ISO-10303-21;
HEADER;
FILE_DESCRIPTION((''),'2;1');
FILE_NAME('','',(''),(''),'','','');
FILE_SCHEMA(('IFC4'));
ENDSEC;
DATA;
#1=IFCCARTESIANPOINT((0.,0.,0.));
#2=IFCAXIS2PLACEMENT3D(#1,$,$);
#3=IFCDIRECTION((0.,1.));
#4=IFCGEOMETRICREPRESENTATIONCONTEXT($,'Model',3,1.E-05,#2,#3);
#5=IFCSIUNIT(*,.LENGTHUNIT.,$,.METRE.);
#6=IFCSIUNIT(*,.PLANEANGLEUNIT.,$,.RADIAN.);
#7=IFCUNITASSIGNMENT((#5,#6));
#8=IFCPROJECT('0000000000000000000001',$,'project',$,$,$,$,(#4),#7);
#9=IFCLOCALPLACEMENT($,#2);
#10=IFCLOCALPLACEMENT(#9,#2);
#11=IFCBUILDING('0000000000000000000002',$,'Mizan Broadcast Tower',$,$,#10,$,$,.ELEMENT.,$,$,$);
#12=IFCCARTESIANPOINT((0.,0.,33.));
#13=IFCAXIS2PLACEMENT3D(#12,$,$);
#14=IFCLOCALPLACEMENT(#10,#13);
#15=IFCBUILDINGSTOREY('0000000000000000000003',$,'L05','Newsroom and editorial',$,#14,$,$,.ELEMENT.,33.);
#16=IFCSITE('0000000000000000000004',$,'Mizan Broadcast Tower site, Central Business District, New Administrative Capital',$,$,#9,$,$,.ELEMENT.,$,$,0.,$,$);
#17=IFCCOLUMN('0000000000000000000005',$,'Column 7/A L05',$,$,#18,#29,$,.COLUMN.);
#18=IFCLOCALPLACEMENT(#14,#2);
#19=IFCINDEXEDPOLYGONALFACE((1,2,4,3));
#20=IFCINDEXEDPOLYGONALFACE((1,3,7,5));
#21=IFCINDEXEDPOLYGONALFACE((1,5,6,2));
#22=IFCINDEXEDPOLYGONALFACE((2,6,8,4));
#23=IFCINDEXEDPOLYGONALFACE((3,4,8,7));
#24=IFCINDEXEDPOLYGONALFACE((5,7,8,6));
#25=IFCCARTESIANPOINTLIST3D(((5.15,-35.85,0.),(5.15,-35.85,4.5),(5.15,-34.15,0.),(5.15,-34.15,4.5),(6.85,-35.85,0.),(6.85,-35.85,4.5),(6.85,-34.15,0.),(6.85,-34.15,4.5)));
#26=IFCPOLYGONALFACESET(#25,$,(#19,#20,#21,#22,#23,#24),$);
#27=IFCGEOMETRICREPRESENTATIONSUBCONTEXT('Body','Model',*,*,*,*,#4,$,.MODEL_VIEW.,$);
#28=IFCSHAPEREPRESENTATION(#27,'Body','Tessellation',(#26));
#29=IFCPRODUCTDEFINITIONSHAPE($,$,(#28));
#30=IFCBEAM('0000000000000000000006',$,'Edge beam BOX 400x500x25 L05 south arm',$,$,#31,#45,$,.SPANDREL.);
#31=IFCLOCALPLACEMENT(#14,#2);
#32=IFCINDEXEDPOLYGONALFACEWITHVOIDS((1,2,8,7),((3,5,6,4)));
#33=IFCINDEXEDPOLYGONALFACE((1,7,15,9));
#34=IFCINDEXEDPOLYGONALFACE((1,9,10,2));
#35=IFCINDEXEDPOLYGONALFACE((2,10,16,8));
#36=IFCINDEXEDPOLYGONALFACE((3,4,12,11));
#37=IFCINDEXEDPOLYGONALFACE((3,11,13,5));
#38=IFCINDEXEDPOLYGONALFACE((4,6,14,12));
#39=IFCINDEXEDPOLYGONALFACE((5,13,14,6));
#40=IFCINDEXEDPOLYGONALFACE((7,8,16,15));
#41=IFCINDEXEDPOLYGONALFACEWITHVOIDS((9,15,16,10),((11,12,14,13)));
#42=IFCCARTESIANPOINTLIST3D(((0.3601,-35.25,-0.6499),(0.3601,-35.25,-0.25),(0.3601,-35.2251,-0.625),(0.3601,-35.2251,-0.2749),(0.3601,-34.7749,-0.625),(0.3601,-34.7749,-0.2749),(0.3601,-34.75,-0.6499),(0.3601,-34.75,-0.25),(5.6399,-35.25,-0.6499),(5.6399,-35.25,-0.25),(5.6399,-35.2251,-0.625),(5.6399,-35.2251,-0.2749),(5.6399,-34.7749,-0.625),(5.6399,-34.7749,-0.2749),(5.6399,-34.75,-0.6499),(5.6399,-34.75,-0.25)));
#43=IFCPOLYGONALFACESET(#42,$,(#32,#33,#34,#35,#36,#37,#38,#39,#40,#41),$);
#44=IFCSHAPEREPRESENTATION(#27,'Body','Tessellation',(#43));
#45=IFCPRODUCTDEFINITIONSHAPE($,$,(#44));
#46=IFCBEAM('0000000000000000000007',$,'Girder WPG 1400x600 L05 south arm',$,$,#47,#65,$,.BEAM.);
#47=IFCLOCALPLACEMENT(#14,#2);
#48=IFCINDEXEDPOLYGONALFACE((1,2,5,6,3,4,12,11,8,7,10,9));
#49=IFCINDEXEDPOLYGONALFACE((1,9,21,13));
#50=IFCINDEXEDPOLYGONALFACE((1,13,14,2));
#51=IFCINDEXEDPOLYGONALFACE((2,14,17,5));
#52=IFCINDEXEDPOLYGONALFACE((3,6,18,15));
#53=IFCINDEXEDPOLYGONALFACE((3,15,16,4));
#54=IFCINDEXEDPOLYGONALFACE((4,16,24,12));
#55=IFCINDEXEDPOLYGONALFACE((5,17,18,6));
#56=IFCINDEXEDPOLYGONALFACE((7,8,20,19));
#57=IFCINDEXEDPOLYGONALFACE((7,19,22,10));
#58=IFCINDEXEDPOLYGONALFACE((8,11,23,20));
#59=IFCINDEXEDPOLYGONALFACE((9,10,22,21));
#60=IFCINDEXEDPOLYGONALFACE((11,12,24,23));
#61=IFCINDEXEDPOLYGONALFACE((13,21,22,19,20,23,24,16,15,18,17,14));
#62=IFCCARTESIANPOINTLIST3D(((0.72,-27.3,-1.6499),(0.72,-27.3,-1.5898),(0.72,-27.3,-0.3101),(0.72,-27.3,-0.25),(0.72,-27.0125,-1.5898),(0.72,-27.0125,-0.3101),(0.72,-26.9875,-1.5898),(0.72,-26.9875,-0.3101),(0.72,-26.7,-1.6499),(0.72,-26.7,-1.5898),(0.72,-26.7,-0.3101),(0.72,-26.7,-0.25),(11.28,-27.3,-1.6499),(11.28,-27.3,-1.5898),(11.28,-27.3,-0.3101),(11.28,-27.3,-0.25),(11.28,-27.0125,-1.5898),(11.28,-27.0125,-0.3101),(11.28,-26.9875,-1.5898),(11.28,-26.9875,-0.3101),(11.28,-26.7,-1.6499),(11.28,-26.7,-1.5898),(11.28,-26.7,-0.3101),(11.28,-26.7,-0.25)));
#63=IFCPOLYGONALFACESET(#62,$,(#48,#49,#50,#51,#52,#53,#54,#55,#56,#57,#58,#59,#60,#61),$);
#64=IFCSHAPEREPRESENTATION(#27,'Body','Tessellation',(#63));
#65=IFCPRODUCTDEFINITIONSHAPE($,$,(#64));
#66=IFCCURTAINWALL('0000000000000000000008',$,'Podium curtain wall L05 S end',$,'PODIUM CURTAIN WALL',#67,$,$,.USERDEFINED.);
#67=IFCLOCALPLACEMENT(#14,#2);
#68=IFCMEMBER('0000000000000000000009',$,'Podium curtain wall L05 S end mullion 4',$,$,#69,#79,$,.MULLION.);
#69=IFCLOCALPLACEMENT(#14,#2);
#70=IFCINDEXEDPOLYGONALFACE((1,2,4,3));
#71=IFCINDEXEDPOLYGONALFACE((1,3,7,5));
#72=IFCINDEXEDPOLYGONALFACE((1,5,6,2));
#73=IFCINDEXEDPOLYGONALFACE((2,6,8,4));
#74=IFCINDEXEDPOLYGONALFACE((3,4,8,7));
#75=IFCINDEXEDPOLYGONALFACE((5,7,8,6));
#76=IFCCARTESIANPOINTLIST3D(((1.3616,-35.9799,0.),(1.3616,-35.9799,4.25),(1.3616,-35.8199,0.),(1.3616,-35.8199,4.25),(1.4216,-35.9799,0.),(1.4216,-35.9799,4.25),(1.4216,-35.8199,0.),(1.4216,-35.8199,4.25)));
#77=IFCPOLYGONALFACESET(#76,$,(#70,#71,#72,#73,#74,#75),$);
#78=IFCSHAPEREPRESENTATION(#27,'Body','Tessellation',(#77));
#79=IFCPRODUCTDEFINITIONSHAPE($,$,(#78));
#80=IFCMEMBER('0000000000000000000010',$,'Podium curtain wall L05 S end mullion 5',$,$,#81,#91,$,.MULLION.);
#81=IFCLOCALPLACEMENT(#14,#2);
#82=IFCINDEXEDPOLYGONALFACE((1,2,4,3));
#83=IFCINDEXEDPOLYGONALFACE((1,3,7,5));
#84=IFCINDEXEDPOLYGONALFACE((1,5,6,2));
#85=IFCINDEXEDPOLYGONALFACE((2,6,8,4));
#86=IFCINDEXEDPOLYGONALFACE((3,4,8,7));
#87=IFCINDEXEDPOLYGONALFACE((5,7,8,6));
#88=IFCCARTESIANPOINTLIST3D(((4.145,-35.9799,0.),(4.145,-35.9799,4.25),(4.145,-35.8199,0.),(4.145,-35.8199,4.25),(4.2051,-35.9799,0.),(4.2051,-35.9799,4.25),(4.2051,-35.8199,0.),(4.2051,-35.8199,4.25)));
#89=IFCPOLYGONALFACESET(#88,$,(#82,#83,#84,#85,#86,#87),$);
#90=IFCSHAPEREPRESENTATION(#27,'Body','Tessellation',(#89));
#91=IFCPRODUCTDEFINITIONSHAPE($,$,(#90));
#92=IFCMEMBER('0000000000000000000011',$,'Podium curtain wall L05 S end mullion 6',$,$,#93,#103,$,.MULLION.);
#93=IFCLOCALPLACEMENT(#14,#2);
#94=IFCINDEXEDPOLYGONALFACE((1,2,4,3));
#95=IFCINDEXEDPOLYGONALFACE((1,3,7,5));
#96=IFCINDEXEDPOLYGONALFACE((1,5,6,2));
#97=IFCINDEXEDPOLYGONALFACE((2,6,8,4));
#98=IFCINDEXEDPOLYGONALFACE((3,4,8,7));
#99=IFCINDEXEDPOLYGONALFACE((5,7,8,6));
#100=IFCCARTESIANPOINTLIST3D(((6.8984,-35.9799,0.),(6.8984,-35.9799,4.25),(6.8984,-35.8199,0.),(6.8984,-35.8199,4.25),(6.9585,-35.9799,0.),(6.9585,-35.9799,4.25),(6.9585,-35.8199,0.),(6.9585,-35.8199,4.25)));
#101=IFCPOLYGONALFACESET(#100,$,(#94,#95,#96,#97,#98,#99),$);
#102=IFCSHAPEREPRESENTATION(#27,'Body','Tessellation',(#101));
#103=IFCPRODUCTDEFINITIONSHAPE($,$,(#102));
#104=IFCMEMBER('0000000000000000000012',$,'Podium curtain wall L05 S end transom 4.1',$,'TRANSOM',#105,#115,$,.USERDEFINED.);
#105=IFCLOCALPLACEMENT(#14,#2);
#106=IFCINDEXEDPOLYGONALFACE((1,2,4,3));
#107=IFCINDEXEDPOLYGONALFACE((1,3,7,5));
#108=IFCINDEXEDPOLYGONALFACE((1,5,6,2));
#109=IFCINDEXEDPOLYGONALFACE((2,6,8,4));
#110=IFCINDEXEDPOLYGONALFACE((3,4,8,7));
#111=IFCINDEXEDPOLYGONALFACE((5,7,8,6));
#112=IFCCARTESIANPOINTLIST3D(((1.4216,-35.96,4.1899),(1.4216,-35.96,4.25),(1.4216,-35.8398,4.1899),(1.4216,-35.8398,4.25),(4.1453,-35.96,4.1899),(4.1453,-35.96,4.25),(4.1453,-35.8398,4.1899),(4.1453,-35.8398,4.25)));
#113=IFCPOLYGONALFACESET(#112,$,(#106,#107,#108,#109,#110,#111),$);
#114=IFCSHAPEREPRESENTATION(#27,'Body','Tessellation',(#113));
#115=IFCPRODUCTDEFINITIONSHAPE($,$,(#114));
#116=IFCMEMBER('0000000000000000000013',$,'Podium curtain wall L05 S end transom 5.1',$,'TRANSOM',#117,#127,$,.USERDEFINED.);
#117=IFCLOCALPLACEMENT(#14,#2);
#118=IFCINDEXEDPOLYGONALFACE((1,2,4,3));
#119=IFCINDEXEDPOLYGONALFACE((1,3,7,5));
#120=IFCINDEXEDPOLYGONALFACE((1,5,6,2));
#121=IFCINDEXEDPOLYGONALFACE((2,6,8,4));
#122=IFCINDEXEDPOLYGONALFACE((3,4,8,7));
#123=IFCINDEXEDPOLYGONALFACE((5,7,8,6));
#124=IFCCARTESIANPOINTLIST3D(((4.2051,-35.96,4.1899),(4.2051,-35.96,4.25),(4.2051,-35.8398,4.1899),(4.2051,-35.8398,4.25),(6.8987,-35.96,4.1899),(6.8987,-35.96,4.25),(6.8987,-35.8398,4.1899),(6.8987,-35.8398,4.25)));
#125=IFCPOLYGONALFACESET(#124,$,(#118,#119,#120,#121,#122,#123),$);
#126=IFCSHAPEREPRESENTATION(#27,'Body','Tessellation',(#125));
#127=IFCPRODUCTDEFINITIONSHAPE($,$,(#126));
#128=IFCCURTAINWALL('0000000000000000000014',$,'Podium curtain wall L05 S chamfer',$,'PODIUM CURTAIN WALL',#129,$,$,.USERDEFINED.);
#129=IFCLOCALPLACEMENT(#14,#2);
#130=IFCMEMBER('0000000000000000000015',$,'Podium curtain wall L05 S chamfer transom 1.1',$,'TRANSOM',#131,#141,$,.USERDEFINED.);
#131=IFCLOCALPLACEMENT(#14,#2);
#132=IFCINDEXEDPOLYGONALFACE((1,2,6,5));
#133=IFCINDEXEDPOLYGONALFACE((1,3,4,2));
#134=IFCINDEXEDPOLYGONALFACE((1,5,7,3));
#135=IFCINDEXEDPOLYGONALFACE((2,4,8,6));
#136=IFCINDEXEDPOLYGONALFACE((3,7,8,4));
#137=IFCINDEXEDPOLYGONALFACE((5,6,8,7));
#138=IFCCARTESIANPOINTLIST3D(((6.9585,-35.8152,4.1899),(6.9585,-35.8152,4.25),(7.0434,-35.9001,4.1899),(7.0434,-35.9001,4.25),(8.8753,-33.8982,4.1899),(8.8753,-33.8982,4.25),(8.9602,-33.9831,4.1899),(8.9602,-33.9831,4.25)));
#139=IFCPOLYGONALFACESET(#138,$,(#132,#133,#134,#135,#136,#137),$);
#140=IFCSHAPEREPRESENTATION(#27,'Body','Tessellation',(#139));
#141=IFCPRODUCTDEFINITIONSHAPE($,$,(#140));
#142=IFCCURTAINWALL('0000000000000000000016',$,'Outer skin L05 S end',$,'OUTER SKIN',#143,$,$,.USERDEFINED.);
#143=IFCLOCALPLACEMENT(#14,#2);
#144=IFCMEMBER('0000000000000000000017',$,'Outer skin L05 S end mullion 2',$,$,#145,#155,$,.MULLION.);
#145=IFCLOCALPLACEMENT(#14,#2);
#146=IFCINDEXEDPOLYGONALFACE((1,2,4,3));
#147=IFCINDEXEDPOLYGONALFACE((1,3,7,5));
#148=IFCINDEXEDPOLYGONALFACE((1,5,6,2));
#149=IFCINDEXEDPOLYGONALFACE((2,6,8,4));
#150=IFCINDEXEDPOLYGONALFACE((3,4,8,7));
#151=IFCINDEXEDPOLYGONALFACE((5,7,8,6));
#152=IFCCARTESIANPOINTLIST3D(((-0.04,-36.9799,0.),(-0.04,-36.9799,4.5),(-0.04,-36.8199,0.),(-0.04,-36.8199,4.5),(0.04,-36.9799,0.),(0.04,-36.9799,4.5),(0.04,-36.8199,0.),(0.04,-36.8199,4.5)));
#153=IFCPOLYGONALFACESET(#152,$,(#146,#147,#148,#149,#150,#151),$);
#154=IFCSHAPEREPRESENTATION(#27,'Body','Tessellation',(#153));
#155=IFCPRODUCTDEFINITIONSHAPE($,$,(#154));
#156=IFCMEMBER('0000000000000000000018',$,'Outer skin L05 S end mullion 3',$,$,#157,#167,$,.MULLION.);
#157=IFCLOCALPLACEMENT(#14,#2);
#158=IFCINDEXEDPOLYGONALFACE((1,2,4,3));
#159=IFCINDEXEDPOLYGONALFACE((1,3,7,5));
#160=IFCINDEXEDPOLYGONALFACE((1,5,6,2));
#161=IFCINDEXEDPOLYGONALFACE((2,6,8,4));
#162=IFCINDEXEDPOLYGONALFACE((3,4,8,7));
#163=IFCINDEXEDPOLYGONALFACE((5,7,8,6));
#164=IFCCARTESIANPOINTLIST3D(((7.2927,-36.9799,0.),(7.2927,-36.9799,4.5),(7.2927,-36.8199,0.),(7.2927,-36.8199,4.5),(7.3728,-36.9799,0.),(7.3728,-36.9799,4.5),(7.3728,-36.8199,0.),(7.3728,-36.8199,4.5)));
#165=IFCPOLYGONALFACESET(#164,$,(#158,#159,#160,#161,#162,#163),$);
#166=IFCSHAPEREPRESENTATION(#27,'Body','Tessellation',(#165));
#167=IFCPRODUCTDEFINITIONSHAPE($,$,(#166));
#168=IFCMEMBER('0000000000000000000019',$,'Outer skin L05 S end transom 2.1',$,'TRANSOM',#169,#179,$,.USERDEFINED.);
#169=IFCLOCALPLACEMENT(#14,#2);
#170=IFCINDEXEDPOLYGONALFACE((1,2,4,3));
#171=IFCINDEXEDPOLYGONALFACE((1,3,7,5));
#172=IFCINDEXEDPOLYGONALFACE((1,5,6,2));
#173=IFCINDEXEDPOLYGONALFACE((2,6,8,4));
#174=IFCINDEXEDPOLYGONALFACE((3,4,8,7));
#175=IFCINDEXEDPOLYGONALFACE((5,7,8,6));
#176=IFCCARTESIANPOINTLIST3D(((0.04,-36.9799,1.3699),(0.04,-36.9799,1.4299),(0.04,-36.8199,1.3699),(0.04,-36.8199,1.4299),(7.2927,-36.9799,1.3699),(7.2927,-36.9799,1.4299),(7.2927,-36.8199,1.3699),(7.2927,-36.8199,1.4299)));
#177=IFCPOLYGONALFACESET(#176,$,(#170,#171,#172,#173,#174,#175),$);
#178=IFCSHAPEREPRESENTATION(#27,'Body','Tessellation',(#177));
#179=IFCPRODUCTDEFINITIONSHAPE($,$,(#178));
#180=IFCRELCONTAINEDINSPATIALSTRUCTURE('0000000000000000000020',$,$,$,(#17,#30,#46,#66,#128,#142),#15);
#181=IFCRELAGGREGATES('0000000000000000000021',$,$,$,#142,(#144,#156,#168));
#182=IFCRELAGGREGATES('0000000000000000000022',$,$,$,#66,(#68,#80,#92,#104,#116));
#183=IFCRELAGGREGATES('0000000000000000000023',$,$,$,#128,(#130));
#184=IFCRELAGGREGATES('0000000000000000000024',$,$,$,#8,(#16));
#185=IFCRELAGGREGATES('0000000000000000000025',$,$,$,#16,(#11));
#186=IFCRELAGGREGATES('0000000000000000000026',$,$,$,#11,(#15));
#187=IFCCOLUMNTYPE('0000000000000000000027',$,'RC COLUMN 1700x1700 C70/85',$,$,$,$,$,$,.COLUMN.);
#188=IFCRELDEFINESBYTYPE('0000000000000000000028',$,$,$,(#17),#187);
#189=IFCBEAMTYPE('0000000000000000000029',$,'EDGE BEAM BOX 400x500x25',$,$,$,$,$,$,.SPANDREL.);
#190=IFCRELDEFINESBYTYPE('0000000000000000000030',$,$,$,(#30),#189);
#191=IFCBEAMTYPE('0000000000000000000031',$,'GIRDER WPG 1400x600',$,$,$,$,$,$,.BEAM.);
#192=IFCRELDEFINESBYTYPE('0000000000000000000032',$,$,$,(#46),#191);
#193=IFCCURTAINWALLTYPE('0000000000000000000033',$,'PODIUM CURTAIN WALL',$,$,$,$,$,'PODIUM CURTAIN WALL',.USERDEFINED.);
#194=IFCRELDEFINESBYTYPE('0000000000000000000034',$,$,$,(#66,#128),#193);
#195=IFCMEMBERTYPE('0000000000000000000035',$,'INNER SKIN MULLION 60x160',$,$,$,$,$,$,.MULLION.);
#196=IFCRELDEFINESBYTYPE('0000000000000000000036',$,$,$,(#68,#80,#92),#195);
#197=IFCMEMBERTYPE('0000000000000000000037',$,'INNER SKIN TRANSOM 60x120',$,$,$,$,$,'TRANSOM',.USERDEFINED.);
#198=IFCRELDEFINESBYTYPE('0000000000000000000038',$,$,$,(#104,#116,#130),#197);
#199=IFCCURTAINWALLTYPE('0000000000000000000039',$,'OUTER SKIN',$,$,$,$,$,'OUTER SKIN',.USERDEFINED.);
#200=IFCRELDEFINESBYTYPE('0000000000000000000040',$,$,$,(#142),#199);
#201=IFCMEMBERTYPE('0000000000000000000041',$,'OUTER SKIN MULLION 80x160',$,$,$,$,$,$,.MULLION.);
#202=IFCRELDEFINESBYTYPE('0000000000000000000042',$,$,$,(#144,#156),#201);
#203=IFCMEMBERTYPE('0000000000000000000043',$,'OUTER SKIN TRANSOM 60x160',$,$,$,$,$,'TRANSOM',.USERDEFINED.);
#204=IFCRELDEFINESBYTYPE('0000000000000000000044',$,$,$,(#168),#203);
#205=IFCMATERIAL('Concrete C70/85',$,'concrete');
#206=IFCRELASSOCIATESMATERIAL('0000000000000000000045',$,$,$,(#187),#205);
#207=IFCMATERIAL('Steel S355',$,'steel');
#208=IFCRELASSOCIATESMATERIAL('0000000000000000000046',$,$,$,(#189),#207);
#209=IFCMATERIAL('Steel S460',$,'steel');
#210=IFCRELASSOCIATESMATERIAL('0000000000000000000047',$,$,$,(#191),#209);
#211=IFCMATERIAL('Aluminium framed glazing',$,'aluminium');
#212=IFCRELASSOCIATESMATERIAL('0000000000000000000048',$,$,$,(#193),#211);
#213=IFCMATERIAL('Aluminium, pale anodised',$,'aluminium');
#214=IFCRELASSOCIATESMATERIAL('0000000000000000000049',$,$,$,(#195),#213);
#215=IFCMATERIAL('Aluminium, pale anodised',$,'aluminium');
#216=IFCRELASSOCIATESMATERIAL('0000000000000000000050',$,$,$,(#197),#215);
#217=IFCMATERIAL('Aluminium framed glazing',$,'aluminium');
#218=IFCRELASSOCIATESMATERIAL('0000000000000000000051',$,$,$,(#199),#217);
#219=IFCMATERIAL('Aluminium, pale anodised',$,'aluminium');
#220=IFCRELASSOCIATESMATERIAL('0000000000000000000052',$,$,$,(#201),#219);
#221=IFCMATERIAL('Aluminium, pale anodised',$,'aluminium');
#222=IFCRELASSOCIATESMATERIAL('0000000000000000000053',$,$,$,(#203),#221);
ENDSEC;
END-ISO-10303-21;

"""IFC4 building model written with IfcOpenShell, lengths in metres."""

from ifc_helpers import new_model, si_unit, direction, frame, origin, origin_2d, place, context, subcontext, project, spatial, rectangle, hollow_rectangle, i_section, extrude, material, material_profile, profile_set, type_object, element, aggregate, save


model = new_model("IFC4")

# Units and contexts
model_context = context("Model", 3, precision=1e-05, world=origin(), true_north=direction((0.0, 1.0)))
body_context = subcontext(model_context, "Body", "Model", "MODEL_VIEW")
ifc_project = project(units=[si_unit("LENGTHUNIT", "METRE"), si_unit("PLANEANGLEUNIT", "RADIAN")], contexts=[model_context])

# Site, building, storey
site_placement = place(None, origin())
site = spatial("IfcSite", under=ifc_project, at=site_placement, Name="Mizan Broadcast Tower site, Central Business District, New Administrative Capital", CompositionType="ELEMENT", RefElevation=0.0)
building_placement = place(site_placement, origin())
building = spatial("IfcBuilding", under=site, at=building_placement, Name="Mizan Broadcast Tower", CompositionType="ELEMENT")
storey_placement = place(building_placement, frame((0.0, 0.0, 33.0)))
storey = spatial("IfcBuildingStorey", under=building, at=storey_placement, Name="L05", Description="Newsroom and editorial", CompositionType="ELEMENT", Elevation=33.0)

# Column
ifc_material_1 = material(Name="Concrete C70/85", Category="concrete")
ifc_material_profile_1 = material_profile(ifc_material_1, rectangle(XDim=1.7, YDim=1.7, at=origin_2d()), Name="RC 1700x1700")
ifc_profile_set_1 = profile_set([ifc_material_profile_1], Name="Concrete C70/85")
column_type = type_object("IfcColumnType", Name="RC COLUMN 1700x1700 C70/85", PredefinedType="COLUMN", material=ifc_profile_set_1)
column_placement = place(storey_placement, frame((6.0, -35.0, 0.0), z_axis=(0.0, 0.0, 1.0), x_axis=(1.0, 0.0, 0.0)))
element("IfcColumn", 1, at=column_placement, inside=storey, type_object=column_type, Name="Column 7/A L05", PredefinedType="COLUMN", context=body_context, shape_type="SweptSolid", body=[
    extrude(rectangle(XDim=1.7, YDim=1.7, at=origin_2d()), origin(), (0.0, 0.0, 1.0), 4.5),
])

# Beams
ifc_material_2 = material(Name="Steel S355", Category="steel")
ifc_material_profile_2 = material_profile(ifc_material_2, hollow_rectangle(XDim=0.5, YDim=0.3999, WallThickness=0.0249, at=origin_2d()), Name="BOX 400x500x25")
ifc_profile_set_2 = profile_set([ifc_material_profile_2], Name="Steel S355")
beam_type_1 = type_object("IfcBeamType", Name="EDGE BEAM BOX 400x500x25", PredefinedType="SPANDREL", material=ifc_profile_set_2)
beam_1_placement = place(storey_placement, frame((5.6399, -35.0, -0.45), z_axis=(-1.0, 0.0, 0.0), x_axis=(0.0, -1.0, 0.0)))
element("IfcBeam", 2, at=beam_1_placement, inside=storey, type_object=beam_type_1, Name="Edge beam BOX 400x500x25 L05 south arm", PredefinedType="SPANDREL", context=body_context, shape_type="SweptSolid", body=[
    extrude(hollow_rectangle(XDim=0.5, YDim=0.3999, WallThickness=0.0249, at=origin_2d()), origin(), (0.0, 0.0, 1.0), 5.2798),
])
ifc_material_3 = material(Name="Steel S460", Category="steel")
ifc_material_profile_3 = material_profile(ifc_material_3, i_section(OverallWidth=0.6001, OverallDepth=1.3999, WebThickness=0.0249, FlangeThickness=0.0601, at=origin_2d()), Name="WPG 1400x600")
ifc_profile_set_3 = profile_set([ifc_material_profile_3], Name="Steel S460")
beam_type_2 = type_object("IfcBeamType", Name="GIRDER WPG 1400x600", PredefinedType="BEAM", material=ifc_profile_set_3)
beam_2_placement = place(storey_placement, frame((0.72, -27.0, -0.95), z_axis=(1.0, 0.0, 0.0), x_axis=(0.0, 1.0, 0.0)))
element("IfcBeam", 3, at=beam_2_placement, inside=storey, type_object=beam_type_2, Name="Girder WPG 1400x600 L05 south arm", PredefinedType="BEAM", context=body_context, shape_type="SweptSolid", body=[
    extrude(i_section(OverallWidth=0.6001, OverallDepth=1.3999, WebThickness=0.0249, FlangeThickness=0.0601, at=origin_2d()), origin(), (0.0, 0.0, 1.0), 10.5601),
])

# Curtain wall, members
ifc_material_4 = material(Name="Aluminium framed glazing", Category="aluminium")
curtain_wall_type_1 = type_object("IfcCurtainWallType", Name="PODIUM CURTAIN WALL", ElementType="PODIUM CURTAIN WALL", PredefinedType="USERDEFINED", material=ifc_material_4)
curtain_wall_1_placement = place(storey_placement, origin())
curtain_wall_1 = element("IfcCurtainWall", 4, at=curtain_wall_1_placement, inside=storey, type_object=curtain_wall_type_1, Name="Podium curtain wall L05 S end", ObjectType="PODIUM CURTAIN WALL", PredefinedType="USERDEFINED")
ifc_material_5 = material(Name="Aluminium, pale anodised", Category="aluminium")
ifc_material_profile_4 = material_profile(ifc_material_5, rectangle(XDim=0.1599, YDim=0.0601, at=origin_2d()), Name="MULLION 160x60")
ifc_profile_set_4 = profile_set([ifc_material_profile_4], Name="Aluminium, pale anodised")
member_type_1 = type_object("IfcMemberType", Name="INNER SKIN MULLION 60x160", PredefinedType="MULLION", material=ifc_profile_set_4)
member_1_placement = place(storey_placement, frame((1.3916, -35.8999, 0.0), z_axis=(0.0, 0.0, 1.0), x_axis=(0.0, 1.0, 0.0)))
member_1 = element("IfcMember", 5, at=member_1_placement, type_object=member_type_1, Name="Podium curtain wall L05 S end mullion 4", PredefinedType="MULLION", context=body_context, shape_type="SweptSolid", body=[
    extrude(rectangle(XDim=0.1599, YDim=0.0601, at=origin_2d()), origin(), (0.0, 0.0, 1.0), 4.25),
])
member_2_placement = place(storey_placement, frame((4.175, -35.8999, 0.0), z_axis=(0.0, 0.0, 1.0), x_axis=(0.0, 1.0, 0.0)))
member_2 = element("IfcMember", 6, at=member_2_placement, type_object=member_type_1, Name="Podium curtain wall L05 S end mullion 5", PredefinedType="MULLION", context=body_context, shape_type="SweptSolid", body=[
    extrude(rectangle(XDim=0.1599, YDim=0.0601, at=origin_2d()), origin(), (0.0, 0.0, 1.0), 4.25),
])
member_3_placement = place(storey_placement, frame((6.9285, -35.8999, 0.0), z_axis=(0.0, 0.0, 1.0), x_axis=(0.0, 1.0, 0.0)))
member_3 = element("IfcMember", 7, at=member_3_placement, type_object=member_type_1, Name="Podium curtain wall L05 S end mullion 6", PredefinedType="MULLION", context=body_context, shape_type="SweptSolid", body=[
    extrude(rectangle(XDim=0.1599, YDim=0.0601, at=origin_2d()), origin(), (0.0, 0.0, 1.0), 4.25),
])
ifc_material_6 = material(Name="Aluminium, pale anodised", Category="aluminium")
ifc_material_profile_5 = material_profile(ifc_material_6, rectangle(XDim=0.1201, YDim=0.0601, at=origin_2d()), Name="TRANSOM 120x60")
ifc_profile_set_5 = profile_set([ifc_material_profile_5], Name="Aluminium, pale anodised")
member_type_2 = type_object("IfcMemberType", Name="INNER SKIN TRANSOM 60x120", ElementType="TRANSOM", PredefinedType="USERDEFINED", material=ifc_profile_set_5)
member_4_placement = place(storey_placement, frame((1.4216, -35.8999, 4.22), z_axis=(1.0, 0.0, 0.0), x_axis=(0.0, 1.0, 0.0)))
member_4 = element("IfcMember", 8, at=member_4_placement, type_object=member_type_2, Name="Podium curtain wall L05 S end transom 4.1", ObjectType="TRANSOM", PredefinedType="USERDEFINED", context=body_context, shape_type="SweptSolid", body=[
    extrude(rectangle(XDim=0.1201, YDim=0.0601, at=origin_2d()), origin(), (0.0, 0.0, 1.0), 2.7236),
])
member_5_placement = place(storey_placement, frame((4.2051, -35.8999, 4.22), z_axis=(1.0, 0.0, 0.0), x_axis=(0.0, 1.0, 0.0)))
member_5 = element("IfcMember", 9, at=member_5_placement, type_object=member_type_2, Name="Podium curtain wall L05 S end transom 5.1", ObjectType="TRANSOM", PredefinedType="USERDEFINED", context=body_context, shape_type="SweptSolid", body=[
    extrude(rectangle(XDim=0.1201, YDim=0.0601, at=origin_2d()), origin(), (0.0, 0.0, 1.0), 2.6936),
])

# Curtain wall, member
curtain_wall_2_placement = place(storey_placement, origin())
curtain_wall_2 = element("IfcCurtainWall", 10, at=curtain_wall_2_placement, inside=storey, type_object=curtain_wall_type_1, Name="Podium curtain wall L05 S chamfer", ObjectType="PODIUM CURTAIN WALL", PredefinedType="USERDEFINED")
member_6_placement = place(storey_placement, frame((7.001, -35.8577, 4.22), z_axis=(0.707062, 0.707152, 0.0), x_axis=(-0.707152, 0.707062, 0.0)))
member_6 = element("IfcMember", 11, at=member_6_placement, type_object=member_type_2, Name="Podium curtain wall L05 S chamfer transom 1.1", ObjectType="TRANSOM", PredefinedType="USERDEFINED", context=body_context, shape_type="SweptSolid", body=[
    extrude(rectangle(XDim=0.1201, YDim=0.0601, at=origin_2d()), origin(), (0.0, 0.0, 1.0), 2.7109),
])

# Curtain wall, members
ifc_material_7 = material(Name="Aluminium framed glazing", Category="aluminium")
curtain_wall_type_2 = type_object("IfcCurtainWallType", Name="OUTER SKIN", ElementType="OUTER SKIN", PredefinedType="USERDEFINED", material=ifc_material_7)
curtain_wall_3_placement = place(storey_placement, origin())
curtain_wall_3 = element("IfcCurtainWall", 12, at=curtain_wall_3_placement, inside=storey, type_object=curtain_wall_type_2, Name="Outer skin L05 S end", ObjectType="OUTER SKIN", PredefinedType="USERDEFINED")
ifc_material_8 = material(Name="Aluminium, pale anodised", Category="aluminium")
ifc_material_profile_6 = material_profile(ifc_material_8, rectangle(XDim=0.1599, YDim=0.0801, at=origin_2d()), Name="MULLION 160x80")
ifc_profile_set_6 = profile_set([ifc_material_profile_6], Name="Aluminium, pale anodised")
member_type_3 = type_object("IfcMemberType", Name="OUTER SKIN MULLION 80x160", PredefinedType="MULLION", material=ifc_profile_set_6)
member_7_placement = place(storey_placement, frame((0.0, -36.8999, 0.0), z_axis=(0.0, 0.0, 1.0), x_axis=(0.0, 1.0, 0.0)))
member_7 = element("IfcMember", 13, at=member_7_placement, type_object=member_type_3, Name="Outer skin L05 S end mullion 2", PredefinedType="MULLION", context=body_context, shape_type="SweptSolid", body=[
    extrude(rectangle(XDim=0.1599, YDim=0.0801, at=origin_2d()), origin(), (0.0, 0.0, 1.0), 4.5),
])
member_8_placement = place(storey_placement, frame((7.3328, -36.8999, 0.0), z_axis=(0.0, 0.0, 1.0), x_axis=(0.0, 1.0, 0.0)))
member_8 = element("IfcMember", 14, at=member_8_placement, type_object=member_type_3, Name="Outer skin L05 S end mullion 3", PredefinedType="MULLION", context=body_context, shape_type="SweptSolid", body=[
    extrude(rectangle(XDim=0.1599, YDim=0.0801, at=origin_2d()), origin(), (0.0, 0.0, 1.0), 4.5),
])
ifc_material_9 = material(Name="Aluminium, pale anodised", Category="aluminium")
ifc_material_profile_7 = material_profile(ifc_material_9, rectangle(XDim=0.1599, YDim=0.0601, at=origin_2d()), Name="TRANSOM 160x60")
ifc_profile_set_7 = profile_set([ifc_material_profile_7], Name="Aluminium, pale anodised")
member_type_4 = type_object("IfcMemberType", Name="OUTER SKIN TRANSOM 60x160", ElementType="TRANSOM", PredefinedType="USERDEFINED", material=ifc_profile_set_7)
member_9_placement = place(storey_placement, frame((0.04, -36.8999, 1.3999), z_axis=(1.0, 0.0, 0.0), x_axis=(0.0, 1.0, 0.0)))
member_9 = element("IfcMember", 15, at=member_9_placement, type_object=member_type_4, Name="Outer skin L05 S end transom 2.1", ObjectType="TRANSOM", PredefinedType="USERDEFINED", context=body_context, shape_type="SweptSolid", body=[
    extrude(rectangle(XDim=0.1599, YDim=0.0601, at=origin_2d()), origin(), (0.0, 0.0, 1.0), 7.2527),
])

aggregate(curtain_wall_3, [member_7, member_8, member_9])
aggregate(curtain_wall_1, [member_1, member_2, member_3, member_4, member_5])
aggregate(curtain_wall_2, [member_6])

save(model, "model.ifc")
